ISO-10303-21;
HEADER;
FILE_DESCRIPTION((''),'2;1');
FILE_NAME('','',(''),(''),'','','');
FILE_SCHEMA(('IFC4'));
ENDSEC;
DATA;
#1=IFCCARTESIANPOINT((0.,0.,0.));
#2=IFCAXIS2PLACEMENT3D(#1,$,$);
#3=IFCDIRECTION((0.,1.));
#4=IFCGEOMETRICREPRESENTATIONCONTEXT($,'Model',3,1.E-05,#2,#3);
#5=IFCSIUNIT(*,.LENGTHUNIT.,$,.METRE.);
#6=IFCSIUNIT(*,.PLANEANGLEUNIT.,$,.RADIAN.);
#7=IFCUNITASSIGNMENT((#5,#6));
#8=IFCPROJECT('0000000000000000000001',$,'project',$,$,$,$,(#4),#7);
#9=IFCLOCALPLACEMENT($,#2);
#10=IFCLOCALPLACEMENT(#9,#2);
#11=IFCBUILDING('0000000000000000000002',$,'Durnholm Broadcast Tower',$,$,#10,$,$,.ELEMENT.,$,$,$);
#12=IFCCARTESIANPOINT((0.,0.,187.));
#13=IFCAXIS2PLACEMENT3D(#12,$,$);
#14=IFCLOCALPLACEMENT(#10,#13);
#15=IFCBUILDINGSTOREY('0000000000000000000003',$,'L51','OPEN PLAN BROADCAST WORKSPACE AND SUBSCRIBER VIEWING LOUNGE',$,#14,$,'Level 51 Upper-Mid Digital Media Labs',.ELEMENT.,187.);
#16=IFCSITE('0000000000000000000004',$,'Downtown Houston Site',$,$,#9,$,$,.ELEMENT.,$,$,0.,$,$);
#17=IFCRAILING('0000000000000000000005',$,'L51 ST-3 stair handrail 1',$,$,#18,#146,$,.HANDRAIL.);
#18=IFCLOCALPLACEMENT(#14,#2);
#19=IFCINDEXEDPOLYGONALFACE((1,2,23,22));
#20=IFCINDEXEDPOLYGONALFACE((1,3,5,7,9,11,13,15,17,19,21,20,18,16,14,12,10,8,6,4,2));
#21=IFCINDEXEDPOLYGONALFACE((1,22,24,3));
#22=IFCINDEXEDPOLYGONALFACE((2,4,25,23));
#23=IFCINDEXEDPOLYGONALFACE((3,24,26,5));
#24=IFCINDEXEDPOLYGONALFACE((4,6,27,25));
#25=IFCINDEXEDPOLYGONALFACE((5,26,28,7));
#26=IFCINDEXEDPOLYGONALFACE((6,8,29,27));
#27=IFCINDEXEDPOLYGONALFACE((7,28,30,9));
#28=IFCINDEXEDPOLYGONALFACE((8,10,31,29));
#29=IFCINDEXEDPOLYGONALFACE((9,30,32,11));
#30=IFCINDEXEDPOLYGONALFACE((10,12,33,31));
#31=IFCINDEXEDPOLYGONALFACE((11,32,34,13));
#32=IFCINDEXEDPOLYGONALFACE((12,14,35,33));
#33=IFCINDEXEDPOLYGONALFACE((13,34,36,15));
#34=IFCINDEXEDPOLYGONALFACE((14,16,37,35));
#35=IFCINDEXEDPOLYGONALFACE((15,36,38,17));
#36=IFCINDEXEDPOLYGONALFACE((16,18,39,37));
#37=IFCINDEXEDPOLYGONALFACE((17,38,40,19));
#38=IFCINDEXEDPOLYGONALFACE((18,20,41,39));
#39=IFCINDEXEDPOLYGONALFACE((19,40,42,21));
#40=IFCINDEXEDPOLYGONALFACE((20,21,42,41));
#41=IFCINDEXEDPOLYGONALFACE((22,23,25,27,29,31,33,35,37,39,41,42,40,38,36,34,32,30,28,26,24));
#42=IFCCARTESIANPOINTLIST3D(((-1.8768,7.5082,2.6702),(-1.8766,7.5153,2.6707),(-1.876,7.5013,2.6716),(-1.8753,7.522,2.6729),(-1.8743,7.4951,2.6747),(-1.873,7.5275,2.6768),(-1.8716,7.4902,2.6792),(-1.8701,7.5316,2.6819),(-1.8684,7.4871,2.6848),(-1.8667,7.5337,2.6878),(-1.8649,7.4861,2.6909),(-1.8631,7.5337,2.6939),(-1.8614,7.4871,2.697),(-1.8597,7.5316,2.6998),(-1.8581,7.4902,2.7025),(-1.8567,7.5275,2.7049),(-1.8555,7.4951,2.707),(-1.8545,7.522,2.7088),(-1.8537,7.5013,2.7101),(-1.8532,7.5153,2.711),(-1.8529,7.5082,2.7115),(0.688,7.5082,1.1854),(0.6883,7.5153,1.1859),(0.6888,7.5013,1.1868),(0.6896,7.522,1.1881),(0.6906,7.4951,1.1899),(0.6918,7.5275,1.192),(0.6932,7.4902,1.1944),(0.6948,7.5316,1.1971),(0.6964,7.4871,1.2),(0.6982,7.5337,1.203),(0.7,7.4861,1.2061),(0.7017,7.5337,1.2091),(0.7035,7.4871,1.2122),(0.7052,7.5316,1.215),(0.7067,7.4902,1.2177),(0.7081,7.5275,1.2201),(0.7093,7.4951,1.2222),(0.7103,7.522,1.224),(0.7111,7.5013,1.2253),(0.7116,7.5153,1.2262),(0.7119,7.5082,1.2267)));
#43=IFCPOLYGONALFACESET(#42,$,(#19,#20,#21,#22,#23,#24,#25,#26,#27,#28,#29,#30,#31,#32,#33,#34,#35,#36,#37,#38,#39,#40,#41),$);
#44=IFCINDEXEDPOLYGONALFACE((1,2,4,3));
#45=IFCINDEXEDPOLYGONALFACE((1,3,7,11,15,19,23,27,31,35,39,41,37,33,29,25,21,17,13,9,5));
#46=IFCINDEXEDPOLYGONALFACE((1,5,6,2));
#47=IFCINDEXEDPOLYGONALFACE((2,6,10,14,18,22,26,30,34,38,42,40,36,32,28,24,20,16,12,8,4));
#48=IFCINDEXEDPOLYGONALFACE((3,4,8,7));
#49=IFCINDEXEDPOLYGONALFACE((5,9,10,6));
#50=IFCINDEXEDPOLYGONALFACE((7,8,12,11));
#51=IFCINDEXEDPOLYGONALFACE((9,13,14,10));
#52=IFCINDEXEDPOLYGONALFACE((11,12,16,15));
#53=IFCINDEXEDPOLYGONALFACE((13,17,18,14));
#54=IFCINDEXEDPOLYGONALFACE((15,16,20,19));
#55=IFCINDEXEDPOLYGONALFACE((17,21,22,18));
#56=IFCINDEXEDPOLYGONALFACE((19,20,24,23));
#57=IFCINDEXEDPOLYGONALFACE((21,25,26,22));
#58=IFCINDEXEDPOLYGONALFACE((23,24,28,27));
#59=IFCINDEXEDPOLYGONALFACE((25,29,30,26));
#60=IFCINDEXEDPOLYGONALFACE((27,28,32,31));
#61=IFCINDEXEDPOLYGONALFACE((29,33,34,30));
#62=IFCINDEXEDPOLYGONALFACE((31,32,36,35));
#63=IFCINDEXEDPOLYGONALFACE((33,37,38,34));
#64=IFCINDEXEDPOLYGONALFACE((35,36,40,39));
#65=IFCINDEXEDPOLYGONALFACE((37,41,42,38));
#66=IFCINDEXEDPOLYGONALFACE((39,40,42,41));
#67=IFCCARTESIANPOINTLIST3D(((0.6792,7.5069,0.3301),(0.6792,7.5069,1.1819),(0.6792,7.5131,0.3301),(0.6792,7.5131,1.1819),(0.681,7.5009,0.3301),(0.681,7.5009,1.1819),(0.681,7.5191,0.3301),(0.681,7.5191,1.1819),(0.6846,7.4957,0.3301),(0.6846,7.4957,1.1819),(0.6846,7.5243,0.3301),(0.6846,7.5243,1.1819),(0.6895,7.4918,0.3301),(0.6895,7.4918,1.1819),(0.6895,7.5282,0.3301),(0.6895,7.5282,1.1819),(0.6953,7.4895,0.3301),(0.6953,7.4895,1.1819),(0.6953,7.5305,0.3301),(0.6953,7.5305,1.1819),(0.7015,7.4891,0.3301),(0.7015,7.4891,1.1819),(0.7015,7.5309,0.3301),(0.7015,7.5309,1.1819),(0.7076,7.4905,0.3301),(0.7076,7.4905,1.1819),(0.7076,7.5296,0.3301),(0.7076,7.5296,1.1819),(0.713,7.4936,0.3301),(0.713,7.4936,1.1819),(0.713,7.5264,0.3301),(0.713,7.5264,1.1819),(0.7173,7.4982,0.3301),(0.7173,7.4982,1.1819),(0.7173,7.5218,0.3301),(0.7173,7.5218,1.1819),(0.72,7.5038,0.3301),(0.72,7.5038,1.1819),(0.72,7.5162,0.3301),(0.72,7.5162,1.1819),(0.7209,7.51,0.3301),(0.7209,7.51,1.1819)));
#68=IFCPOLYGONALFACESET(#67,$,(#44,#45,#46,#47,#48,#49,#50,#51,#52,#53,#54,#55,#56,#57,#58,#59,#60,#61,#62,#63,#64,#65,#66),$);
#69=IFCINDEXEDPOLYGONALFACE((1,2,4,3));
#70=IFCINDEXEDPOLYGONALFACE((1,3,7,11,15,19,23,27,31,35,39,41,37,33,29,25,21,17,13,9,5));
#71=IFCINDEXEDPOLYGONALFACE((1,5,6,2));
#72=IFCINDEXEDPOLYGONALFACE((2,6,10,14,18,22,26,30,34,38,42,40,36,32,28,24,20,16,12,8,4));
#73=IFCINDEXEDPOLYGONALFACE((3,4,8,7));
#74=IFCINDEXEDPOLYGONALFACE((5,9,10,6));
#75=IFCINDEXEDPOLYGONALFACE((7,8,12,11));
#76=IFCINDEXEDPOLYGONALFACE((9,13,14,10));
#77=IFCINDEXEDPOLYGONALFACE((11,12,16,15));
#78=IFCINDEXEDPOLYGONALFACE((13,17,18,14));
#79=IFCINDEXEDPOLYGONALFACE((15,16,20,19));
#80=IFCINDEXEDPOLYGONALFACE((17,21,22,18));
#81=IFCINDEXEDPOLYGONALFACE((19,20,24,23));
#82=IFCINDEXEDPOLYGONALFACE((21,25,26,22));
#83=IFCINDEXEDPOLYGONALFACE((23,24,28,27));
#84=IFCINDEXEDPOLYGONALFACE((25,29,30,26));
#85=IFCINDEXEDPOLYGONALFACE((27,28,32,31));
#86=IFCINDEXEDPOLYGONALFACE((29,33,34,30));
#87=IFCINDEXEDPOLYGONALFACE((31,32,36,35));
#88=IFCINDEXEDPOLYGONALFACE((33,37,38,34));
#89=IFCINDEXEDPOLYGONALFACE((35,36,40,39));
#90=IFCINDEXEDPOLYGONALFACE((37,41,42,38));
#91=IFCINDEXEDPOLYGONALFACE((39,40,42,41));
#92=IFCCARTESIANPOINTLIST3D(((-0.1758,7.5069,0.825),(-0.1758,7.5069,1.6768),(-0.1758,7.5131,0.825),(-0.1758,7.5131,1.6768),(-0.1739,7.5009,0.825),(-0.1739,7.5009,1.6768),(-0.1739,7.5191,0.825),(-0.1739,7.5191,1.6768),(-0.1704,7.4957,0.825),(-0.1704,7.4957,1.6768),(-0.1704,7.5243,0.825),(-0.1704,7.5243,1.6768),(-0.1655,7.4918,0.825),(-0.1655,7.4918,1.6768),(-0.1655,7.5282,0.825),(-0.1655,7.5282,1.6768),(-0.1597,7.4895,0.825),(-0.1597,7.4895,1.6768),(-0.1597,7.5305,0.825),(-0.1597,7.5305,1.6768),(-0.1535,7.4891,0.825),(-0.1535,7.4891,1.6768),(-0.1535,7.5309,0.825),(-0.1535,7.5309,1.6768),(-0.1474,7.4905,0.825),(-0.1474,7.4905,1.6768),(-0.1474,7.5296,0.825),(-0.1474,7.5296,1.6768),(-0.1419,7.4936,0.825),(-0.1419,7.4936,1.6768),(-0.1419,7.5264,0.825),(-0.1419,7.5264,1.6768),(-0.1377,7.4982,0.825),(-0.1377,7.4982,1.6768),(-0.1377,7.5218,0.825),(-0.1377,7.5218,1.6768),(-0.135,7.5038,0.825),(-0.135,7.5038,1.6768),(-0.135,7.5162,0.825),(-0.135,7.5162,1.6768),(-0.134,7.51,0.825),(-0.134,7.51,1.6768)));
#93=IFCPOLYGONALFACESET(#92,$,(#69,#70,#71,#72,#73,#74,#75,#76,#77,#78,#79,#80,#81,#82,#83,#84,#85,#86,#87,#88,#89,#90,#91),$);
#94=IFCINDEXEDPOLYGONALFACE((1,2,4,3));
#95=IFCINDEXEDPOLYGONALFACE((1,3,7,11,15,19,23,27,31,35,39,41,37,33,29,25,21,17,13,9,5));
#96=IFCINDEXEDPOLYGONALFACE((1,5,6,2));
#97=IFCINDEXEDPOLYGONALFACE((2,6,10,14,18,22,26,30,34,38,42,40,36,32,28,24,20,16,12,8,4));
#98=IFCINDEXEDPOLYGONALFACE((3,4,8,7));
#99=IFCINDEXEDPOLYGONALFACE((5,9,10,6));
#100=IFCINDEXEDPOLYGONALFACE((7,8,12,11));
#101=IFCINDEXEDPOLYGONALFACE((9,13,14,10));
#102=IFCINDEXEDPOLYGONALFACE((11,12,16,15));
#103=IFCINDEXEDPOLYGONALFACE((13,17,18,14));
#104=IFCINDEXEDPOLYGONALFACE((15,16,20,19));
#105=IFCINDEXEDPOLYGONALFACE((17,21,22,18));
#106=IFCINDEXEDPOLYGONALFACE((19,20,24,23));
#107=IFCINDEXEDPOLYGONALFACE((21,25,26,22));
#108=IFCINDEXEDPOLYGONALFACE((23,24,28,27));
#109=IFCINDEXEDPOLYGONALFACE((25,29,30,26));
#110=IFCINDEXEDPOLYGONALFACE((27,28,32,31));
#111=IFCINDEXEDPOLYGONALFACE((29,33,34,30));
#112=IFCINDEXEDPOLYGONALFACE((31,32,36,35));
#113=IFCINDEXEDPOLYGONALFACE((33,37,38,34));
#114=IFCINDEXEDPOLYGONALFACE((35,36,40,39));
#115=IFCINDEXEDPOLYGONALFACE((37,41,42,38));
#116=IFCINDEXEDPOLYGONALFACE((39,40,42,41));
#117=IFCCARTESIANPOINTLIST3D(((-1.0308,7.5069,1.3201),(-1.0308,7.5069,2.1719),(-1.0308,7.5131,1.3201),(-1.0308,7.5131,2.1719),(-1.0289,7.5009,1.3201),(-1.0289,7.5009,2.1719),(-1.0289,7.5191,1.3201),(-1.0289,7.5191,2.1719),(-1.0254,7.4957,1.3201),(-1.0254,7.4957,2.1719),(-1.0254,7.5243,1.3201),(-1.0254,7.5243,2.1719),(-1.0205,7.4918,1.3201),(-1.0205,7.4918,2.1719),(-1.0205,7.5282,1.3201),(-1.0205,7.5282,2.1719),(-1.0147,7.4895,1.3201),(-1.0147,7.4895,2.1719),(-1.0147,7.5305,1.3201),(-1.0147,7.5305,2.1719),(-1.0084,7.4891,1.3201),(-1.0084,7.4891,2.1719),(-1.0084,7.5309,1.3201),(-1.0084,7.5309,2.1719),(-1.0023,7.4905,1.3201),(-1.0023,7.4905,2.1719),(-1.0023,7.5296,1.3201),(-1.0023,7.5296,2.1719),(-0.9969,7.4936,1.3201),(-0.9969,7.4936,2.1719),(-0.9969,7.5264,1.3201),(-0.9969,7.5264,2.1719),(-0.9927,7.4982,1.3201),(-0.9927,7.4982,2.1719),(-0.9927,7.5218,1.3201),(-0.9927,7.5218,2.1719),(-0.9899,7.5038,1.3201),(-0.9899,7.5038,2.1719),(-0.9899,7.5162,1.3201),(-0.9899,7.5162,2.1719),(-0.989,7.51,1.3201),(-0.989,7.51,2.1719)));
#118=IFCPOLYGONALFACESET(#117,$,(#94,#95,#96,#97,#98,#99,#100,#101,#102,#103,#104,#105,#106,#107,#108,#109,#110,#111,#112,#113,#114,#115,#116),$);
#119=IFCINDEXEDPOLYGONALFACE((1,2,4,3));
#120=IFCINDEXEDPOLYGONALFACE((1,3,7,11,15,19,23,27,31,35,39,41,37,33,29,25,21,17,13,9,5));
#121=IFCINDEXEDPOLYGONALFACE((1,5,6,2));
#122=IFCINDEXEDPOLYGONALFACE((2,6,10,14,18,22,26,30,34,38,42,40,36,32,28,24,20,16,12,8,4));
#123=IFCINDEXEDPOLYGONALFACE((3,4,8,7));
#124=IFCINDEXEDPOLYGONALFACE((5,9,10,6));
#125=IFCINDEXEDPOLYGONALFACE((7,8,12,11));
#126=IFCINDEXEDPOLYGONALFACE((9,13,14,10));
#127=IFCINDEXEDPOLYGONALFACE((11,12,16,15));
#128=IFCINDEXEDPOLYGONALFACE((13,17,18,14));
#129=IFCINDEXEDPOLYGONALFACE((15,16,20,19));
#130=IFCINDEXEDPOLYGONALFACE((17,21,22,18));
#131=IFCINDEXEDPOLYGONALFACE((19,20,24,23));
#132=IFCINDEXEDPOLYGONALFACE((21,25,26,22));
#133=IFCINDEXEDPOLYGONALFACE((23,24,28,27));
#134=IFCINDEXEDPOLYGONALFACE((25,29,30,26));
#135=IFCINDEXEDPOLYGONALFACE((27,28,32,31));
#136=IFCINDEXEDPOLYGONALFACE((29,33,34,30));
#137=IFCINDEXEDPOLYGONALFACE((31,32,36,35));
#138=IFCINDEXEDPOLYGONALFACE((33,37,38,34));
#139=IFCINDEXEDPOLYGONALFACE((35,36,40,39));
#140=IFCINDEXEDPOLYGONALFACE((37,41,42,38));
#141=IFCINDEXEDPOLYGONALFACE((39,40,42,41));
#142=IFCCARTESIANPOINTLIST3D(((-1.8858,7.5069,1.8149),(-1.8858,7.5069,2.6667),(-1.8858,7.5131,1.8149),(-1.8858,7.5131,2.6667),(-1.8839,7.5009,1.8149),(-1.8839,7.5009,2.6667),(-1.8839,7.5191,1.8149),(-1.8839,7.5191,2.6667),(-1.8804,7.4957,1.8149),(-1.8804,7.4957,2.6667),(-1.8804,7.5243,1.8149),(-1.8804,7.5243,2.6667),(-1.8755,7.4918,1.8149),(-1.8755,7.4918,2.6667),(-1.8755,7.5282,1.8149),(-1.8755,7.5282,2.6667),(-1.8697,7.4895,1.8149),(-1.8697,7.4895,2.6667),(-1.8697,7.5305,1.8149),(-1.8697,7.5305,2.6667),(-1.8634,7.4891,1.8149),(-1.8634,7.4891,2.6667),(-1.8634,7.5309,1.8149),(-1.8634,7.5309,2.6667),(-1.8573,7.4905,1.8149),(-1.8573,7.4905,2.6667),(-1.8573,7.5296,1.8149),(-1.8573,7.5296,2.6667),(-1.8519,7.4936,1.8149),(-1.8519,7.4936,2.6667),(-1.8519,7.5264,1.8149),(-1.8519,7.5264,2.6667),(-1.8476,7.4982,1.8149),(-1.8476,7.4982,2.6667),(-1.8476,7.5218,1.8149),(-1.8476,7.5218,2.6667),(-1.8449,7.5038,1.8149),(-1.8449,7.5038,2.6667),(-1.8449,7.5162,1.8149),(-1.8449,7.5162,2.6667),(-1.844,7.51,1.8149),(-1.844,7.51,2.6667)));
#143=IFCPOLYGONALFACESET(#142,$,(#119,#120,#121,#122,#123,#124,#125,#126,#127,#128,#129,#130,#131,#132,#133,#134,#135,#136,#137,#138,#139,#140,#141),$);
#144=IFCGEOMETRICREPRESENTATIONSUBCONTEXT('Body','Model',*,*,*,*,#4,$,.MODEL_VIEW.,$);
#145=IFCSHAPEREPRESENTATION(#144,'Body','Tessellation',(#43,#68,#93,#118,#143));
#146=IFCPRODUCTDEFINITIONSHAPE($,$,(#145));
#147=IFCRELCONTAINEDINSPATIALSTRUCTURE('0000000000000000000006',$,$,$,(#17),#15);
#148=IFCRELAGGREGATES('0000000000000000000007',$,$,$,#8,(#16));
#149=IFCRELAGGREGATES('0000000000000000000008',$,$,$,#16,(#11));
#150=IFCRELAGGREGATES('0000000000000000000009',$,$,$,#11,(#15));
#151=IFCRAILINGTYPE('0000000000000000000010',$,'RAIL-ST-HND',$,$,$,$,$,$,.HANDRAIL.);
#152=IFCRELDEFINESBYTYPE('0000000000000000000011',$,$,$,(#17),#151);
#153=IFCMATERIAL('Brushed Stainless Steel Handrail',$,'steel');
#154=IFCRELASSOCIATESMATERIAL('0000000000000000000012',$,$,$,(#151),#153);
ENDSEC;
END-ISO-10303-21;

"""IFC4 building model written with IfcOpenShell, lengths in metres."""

from ifc_helpers import new_model, si_unit, direction, frame, origin, origin_2d, place, context, subcontext, project, spatial, circle, extrude, material, type_object, element, save


model = new_model("IFC4")

# Units and contexts
model_context = context("Model", 3, precision=1e-05, world=origin(), true_north=direction((0.0, 1.0)))
body_context = subcontext(model_context, "Body", "Model", "MODEL_VIEW")
ifc_project = project(units=[si_unit("LENGTHUNIT", "METRE"), si_unit("PLANEANGLEUNIT", "RADIAN")], contexts=[model_context])

# Site, building, storey
site_placement = place(None, origin())
site = spatial("IfcSite", under=ifc_project, at=site_placement, Name="Downtown Houston Site", CompositionType="ELEMENT", RefElevation=0.0)
building_placement = place(site_placement, origin())
building = spatial("IfcBuilding", under=site, at=building_placement, Name="Durnholm Broadcast Tower", CompositionType="ELEMENT")
storey_placement = place(building_placement, frame((0.0, 0.0, 187.0)))
storey = spatial("IfcBuildingStorey", under=building, at=storey_placement, Name="L51", Description="OPEN PLAN BROADCAST WORKSPACE AND SUBSCRIBER VIEWING LOUNGE", LongName="Level 51 Upper-Mid Digital Media Labs", CompositionType="ELEMENT", Elevation=187.0)

# Railing
ifc_material_1 = material(Name="Brushed Stainless Steel Handrail", Category="steel")
railing_type_1 = type_object("IfcRailingType", Name="RAIL-ST-HND", PredefinedType="HANDRAIL", material=ifc_material_1)
railing_1_placement = place(storey_placement, frame((0.7, 7.51, 0.3301)))
element("IfcRailing", 1, at=railing_1_placement, inside=storey, type_object=railing_type_1, Name="L51 ST-3 stair handrail 1", PredefinedType="HANDRAIL", context=body_context, shape_type="SweptSolid", body=[
    extrude(circle(Radius=0.0239, at=origin_2d()), frame((0.0, 0.0, 0.876), z_axis=(-0.865441, 0.0, 0.50101), x_axis=(0.0, -1.0, 0.0)), (0.0, 0.0, 1.0), 2.9636),
    extrude(circle(Radius=0.021, at=origin_2d()), origin(), (0.0, 0.0, 1.0), 0.8518),
    extrude(circle(Radius=0.021, at=origin_2d()), frame((-0.855, 0.0, 0.4949)), (0.0, 0.0, 1.0), 0.8518),
    extrude(circle(Radius=0.021, at=origin_2d()), frame((-1.71, 0.0, 0.99)), (0.0, 0.0, 1.0), 0.8518),
    extrude(circle(Radius=0.021, at=origin_2d()), frame((-2.5649, 0.0, 1.4849)), (0.0, 0.0, 1.0), 0.8518),
])

save(model, "model.ifc")
